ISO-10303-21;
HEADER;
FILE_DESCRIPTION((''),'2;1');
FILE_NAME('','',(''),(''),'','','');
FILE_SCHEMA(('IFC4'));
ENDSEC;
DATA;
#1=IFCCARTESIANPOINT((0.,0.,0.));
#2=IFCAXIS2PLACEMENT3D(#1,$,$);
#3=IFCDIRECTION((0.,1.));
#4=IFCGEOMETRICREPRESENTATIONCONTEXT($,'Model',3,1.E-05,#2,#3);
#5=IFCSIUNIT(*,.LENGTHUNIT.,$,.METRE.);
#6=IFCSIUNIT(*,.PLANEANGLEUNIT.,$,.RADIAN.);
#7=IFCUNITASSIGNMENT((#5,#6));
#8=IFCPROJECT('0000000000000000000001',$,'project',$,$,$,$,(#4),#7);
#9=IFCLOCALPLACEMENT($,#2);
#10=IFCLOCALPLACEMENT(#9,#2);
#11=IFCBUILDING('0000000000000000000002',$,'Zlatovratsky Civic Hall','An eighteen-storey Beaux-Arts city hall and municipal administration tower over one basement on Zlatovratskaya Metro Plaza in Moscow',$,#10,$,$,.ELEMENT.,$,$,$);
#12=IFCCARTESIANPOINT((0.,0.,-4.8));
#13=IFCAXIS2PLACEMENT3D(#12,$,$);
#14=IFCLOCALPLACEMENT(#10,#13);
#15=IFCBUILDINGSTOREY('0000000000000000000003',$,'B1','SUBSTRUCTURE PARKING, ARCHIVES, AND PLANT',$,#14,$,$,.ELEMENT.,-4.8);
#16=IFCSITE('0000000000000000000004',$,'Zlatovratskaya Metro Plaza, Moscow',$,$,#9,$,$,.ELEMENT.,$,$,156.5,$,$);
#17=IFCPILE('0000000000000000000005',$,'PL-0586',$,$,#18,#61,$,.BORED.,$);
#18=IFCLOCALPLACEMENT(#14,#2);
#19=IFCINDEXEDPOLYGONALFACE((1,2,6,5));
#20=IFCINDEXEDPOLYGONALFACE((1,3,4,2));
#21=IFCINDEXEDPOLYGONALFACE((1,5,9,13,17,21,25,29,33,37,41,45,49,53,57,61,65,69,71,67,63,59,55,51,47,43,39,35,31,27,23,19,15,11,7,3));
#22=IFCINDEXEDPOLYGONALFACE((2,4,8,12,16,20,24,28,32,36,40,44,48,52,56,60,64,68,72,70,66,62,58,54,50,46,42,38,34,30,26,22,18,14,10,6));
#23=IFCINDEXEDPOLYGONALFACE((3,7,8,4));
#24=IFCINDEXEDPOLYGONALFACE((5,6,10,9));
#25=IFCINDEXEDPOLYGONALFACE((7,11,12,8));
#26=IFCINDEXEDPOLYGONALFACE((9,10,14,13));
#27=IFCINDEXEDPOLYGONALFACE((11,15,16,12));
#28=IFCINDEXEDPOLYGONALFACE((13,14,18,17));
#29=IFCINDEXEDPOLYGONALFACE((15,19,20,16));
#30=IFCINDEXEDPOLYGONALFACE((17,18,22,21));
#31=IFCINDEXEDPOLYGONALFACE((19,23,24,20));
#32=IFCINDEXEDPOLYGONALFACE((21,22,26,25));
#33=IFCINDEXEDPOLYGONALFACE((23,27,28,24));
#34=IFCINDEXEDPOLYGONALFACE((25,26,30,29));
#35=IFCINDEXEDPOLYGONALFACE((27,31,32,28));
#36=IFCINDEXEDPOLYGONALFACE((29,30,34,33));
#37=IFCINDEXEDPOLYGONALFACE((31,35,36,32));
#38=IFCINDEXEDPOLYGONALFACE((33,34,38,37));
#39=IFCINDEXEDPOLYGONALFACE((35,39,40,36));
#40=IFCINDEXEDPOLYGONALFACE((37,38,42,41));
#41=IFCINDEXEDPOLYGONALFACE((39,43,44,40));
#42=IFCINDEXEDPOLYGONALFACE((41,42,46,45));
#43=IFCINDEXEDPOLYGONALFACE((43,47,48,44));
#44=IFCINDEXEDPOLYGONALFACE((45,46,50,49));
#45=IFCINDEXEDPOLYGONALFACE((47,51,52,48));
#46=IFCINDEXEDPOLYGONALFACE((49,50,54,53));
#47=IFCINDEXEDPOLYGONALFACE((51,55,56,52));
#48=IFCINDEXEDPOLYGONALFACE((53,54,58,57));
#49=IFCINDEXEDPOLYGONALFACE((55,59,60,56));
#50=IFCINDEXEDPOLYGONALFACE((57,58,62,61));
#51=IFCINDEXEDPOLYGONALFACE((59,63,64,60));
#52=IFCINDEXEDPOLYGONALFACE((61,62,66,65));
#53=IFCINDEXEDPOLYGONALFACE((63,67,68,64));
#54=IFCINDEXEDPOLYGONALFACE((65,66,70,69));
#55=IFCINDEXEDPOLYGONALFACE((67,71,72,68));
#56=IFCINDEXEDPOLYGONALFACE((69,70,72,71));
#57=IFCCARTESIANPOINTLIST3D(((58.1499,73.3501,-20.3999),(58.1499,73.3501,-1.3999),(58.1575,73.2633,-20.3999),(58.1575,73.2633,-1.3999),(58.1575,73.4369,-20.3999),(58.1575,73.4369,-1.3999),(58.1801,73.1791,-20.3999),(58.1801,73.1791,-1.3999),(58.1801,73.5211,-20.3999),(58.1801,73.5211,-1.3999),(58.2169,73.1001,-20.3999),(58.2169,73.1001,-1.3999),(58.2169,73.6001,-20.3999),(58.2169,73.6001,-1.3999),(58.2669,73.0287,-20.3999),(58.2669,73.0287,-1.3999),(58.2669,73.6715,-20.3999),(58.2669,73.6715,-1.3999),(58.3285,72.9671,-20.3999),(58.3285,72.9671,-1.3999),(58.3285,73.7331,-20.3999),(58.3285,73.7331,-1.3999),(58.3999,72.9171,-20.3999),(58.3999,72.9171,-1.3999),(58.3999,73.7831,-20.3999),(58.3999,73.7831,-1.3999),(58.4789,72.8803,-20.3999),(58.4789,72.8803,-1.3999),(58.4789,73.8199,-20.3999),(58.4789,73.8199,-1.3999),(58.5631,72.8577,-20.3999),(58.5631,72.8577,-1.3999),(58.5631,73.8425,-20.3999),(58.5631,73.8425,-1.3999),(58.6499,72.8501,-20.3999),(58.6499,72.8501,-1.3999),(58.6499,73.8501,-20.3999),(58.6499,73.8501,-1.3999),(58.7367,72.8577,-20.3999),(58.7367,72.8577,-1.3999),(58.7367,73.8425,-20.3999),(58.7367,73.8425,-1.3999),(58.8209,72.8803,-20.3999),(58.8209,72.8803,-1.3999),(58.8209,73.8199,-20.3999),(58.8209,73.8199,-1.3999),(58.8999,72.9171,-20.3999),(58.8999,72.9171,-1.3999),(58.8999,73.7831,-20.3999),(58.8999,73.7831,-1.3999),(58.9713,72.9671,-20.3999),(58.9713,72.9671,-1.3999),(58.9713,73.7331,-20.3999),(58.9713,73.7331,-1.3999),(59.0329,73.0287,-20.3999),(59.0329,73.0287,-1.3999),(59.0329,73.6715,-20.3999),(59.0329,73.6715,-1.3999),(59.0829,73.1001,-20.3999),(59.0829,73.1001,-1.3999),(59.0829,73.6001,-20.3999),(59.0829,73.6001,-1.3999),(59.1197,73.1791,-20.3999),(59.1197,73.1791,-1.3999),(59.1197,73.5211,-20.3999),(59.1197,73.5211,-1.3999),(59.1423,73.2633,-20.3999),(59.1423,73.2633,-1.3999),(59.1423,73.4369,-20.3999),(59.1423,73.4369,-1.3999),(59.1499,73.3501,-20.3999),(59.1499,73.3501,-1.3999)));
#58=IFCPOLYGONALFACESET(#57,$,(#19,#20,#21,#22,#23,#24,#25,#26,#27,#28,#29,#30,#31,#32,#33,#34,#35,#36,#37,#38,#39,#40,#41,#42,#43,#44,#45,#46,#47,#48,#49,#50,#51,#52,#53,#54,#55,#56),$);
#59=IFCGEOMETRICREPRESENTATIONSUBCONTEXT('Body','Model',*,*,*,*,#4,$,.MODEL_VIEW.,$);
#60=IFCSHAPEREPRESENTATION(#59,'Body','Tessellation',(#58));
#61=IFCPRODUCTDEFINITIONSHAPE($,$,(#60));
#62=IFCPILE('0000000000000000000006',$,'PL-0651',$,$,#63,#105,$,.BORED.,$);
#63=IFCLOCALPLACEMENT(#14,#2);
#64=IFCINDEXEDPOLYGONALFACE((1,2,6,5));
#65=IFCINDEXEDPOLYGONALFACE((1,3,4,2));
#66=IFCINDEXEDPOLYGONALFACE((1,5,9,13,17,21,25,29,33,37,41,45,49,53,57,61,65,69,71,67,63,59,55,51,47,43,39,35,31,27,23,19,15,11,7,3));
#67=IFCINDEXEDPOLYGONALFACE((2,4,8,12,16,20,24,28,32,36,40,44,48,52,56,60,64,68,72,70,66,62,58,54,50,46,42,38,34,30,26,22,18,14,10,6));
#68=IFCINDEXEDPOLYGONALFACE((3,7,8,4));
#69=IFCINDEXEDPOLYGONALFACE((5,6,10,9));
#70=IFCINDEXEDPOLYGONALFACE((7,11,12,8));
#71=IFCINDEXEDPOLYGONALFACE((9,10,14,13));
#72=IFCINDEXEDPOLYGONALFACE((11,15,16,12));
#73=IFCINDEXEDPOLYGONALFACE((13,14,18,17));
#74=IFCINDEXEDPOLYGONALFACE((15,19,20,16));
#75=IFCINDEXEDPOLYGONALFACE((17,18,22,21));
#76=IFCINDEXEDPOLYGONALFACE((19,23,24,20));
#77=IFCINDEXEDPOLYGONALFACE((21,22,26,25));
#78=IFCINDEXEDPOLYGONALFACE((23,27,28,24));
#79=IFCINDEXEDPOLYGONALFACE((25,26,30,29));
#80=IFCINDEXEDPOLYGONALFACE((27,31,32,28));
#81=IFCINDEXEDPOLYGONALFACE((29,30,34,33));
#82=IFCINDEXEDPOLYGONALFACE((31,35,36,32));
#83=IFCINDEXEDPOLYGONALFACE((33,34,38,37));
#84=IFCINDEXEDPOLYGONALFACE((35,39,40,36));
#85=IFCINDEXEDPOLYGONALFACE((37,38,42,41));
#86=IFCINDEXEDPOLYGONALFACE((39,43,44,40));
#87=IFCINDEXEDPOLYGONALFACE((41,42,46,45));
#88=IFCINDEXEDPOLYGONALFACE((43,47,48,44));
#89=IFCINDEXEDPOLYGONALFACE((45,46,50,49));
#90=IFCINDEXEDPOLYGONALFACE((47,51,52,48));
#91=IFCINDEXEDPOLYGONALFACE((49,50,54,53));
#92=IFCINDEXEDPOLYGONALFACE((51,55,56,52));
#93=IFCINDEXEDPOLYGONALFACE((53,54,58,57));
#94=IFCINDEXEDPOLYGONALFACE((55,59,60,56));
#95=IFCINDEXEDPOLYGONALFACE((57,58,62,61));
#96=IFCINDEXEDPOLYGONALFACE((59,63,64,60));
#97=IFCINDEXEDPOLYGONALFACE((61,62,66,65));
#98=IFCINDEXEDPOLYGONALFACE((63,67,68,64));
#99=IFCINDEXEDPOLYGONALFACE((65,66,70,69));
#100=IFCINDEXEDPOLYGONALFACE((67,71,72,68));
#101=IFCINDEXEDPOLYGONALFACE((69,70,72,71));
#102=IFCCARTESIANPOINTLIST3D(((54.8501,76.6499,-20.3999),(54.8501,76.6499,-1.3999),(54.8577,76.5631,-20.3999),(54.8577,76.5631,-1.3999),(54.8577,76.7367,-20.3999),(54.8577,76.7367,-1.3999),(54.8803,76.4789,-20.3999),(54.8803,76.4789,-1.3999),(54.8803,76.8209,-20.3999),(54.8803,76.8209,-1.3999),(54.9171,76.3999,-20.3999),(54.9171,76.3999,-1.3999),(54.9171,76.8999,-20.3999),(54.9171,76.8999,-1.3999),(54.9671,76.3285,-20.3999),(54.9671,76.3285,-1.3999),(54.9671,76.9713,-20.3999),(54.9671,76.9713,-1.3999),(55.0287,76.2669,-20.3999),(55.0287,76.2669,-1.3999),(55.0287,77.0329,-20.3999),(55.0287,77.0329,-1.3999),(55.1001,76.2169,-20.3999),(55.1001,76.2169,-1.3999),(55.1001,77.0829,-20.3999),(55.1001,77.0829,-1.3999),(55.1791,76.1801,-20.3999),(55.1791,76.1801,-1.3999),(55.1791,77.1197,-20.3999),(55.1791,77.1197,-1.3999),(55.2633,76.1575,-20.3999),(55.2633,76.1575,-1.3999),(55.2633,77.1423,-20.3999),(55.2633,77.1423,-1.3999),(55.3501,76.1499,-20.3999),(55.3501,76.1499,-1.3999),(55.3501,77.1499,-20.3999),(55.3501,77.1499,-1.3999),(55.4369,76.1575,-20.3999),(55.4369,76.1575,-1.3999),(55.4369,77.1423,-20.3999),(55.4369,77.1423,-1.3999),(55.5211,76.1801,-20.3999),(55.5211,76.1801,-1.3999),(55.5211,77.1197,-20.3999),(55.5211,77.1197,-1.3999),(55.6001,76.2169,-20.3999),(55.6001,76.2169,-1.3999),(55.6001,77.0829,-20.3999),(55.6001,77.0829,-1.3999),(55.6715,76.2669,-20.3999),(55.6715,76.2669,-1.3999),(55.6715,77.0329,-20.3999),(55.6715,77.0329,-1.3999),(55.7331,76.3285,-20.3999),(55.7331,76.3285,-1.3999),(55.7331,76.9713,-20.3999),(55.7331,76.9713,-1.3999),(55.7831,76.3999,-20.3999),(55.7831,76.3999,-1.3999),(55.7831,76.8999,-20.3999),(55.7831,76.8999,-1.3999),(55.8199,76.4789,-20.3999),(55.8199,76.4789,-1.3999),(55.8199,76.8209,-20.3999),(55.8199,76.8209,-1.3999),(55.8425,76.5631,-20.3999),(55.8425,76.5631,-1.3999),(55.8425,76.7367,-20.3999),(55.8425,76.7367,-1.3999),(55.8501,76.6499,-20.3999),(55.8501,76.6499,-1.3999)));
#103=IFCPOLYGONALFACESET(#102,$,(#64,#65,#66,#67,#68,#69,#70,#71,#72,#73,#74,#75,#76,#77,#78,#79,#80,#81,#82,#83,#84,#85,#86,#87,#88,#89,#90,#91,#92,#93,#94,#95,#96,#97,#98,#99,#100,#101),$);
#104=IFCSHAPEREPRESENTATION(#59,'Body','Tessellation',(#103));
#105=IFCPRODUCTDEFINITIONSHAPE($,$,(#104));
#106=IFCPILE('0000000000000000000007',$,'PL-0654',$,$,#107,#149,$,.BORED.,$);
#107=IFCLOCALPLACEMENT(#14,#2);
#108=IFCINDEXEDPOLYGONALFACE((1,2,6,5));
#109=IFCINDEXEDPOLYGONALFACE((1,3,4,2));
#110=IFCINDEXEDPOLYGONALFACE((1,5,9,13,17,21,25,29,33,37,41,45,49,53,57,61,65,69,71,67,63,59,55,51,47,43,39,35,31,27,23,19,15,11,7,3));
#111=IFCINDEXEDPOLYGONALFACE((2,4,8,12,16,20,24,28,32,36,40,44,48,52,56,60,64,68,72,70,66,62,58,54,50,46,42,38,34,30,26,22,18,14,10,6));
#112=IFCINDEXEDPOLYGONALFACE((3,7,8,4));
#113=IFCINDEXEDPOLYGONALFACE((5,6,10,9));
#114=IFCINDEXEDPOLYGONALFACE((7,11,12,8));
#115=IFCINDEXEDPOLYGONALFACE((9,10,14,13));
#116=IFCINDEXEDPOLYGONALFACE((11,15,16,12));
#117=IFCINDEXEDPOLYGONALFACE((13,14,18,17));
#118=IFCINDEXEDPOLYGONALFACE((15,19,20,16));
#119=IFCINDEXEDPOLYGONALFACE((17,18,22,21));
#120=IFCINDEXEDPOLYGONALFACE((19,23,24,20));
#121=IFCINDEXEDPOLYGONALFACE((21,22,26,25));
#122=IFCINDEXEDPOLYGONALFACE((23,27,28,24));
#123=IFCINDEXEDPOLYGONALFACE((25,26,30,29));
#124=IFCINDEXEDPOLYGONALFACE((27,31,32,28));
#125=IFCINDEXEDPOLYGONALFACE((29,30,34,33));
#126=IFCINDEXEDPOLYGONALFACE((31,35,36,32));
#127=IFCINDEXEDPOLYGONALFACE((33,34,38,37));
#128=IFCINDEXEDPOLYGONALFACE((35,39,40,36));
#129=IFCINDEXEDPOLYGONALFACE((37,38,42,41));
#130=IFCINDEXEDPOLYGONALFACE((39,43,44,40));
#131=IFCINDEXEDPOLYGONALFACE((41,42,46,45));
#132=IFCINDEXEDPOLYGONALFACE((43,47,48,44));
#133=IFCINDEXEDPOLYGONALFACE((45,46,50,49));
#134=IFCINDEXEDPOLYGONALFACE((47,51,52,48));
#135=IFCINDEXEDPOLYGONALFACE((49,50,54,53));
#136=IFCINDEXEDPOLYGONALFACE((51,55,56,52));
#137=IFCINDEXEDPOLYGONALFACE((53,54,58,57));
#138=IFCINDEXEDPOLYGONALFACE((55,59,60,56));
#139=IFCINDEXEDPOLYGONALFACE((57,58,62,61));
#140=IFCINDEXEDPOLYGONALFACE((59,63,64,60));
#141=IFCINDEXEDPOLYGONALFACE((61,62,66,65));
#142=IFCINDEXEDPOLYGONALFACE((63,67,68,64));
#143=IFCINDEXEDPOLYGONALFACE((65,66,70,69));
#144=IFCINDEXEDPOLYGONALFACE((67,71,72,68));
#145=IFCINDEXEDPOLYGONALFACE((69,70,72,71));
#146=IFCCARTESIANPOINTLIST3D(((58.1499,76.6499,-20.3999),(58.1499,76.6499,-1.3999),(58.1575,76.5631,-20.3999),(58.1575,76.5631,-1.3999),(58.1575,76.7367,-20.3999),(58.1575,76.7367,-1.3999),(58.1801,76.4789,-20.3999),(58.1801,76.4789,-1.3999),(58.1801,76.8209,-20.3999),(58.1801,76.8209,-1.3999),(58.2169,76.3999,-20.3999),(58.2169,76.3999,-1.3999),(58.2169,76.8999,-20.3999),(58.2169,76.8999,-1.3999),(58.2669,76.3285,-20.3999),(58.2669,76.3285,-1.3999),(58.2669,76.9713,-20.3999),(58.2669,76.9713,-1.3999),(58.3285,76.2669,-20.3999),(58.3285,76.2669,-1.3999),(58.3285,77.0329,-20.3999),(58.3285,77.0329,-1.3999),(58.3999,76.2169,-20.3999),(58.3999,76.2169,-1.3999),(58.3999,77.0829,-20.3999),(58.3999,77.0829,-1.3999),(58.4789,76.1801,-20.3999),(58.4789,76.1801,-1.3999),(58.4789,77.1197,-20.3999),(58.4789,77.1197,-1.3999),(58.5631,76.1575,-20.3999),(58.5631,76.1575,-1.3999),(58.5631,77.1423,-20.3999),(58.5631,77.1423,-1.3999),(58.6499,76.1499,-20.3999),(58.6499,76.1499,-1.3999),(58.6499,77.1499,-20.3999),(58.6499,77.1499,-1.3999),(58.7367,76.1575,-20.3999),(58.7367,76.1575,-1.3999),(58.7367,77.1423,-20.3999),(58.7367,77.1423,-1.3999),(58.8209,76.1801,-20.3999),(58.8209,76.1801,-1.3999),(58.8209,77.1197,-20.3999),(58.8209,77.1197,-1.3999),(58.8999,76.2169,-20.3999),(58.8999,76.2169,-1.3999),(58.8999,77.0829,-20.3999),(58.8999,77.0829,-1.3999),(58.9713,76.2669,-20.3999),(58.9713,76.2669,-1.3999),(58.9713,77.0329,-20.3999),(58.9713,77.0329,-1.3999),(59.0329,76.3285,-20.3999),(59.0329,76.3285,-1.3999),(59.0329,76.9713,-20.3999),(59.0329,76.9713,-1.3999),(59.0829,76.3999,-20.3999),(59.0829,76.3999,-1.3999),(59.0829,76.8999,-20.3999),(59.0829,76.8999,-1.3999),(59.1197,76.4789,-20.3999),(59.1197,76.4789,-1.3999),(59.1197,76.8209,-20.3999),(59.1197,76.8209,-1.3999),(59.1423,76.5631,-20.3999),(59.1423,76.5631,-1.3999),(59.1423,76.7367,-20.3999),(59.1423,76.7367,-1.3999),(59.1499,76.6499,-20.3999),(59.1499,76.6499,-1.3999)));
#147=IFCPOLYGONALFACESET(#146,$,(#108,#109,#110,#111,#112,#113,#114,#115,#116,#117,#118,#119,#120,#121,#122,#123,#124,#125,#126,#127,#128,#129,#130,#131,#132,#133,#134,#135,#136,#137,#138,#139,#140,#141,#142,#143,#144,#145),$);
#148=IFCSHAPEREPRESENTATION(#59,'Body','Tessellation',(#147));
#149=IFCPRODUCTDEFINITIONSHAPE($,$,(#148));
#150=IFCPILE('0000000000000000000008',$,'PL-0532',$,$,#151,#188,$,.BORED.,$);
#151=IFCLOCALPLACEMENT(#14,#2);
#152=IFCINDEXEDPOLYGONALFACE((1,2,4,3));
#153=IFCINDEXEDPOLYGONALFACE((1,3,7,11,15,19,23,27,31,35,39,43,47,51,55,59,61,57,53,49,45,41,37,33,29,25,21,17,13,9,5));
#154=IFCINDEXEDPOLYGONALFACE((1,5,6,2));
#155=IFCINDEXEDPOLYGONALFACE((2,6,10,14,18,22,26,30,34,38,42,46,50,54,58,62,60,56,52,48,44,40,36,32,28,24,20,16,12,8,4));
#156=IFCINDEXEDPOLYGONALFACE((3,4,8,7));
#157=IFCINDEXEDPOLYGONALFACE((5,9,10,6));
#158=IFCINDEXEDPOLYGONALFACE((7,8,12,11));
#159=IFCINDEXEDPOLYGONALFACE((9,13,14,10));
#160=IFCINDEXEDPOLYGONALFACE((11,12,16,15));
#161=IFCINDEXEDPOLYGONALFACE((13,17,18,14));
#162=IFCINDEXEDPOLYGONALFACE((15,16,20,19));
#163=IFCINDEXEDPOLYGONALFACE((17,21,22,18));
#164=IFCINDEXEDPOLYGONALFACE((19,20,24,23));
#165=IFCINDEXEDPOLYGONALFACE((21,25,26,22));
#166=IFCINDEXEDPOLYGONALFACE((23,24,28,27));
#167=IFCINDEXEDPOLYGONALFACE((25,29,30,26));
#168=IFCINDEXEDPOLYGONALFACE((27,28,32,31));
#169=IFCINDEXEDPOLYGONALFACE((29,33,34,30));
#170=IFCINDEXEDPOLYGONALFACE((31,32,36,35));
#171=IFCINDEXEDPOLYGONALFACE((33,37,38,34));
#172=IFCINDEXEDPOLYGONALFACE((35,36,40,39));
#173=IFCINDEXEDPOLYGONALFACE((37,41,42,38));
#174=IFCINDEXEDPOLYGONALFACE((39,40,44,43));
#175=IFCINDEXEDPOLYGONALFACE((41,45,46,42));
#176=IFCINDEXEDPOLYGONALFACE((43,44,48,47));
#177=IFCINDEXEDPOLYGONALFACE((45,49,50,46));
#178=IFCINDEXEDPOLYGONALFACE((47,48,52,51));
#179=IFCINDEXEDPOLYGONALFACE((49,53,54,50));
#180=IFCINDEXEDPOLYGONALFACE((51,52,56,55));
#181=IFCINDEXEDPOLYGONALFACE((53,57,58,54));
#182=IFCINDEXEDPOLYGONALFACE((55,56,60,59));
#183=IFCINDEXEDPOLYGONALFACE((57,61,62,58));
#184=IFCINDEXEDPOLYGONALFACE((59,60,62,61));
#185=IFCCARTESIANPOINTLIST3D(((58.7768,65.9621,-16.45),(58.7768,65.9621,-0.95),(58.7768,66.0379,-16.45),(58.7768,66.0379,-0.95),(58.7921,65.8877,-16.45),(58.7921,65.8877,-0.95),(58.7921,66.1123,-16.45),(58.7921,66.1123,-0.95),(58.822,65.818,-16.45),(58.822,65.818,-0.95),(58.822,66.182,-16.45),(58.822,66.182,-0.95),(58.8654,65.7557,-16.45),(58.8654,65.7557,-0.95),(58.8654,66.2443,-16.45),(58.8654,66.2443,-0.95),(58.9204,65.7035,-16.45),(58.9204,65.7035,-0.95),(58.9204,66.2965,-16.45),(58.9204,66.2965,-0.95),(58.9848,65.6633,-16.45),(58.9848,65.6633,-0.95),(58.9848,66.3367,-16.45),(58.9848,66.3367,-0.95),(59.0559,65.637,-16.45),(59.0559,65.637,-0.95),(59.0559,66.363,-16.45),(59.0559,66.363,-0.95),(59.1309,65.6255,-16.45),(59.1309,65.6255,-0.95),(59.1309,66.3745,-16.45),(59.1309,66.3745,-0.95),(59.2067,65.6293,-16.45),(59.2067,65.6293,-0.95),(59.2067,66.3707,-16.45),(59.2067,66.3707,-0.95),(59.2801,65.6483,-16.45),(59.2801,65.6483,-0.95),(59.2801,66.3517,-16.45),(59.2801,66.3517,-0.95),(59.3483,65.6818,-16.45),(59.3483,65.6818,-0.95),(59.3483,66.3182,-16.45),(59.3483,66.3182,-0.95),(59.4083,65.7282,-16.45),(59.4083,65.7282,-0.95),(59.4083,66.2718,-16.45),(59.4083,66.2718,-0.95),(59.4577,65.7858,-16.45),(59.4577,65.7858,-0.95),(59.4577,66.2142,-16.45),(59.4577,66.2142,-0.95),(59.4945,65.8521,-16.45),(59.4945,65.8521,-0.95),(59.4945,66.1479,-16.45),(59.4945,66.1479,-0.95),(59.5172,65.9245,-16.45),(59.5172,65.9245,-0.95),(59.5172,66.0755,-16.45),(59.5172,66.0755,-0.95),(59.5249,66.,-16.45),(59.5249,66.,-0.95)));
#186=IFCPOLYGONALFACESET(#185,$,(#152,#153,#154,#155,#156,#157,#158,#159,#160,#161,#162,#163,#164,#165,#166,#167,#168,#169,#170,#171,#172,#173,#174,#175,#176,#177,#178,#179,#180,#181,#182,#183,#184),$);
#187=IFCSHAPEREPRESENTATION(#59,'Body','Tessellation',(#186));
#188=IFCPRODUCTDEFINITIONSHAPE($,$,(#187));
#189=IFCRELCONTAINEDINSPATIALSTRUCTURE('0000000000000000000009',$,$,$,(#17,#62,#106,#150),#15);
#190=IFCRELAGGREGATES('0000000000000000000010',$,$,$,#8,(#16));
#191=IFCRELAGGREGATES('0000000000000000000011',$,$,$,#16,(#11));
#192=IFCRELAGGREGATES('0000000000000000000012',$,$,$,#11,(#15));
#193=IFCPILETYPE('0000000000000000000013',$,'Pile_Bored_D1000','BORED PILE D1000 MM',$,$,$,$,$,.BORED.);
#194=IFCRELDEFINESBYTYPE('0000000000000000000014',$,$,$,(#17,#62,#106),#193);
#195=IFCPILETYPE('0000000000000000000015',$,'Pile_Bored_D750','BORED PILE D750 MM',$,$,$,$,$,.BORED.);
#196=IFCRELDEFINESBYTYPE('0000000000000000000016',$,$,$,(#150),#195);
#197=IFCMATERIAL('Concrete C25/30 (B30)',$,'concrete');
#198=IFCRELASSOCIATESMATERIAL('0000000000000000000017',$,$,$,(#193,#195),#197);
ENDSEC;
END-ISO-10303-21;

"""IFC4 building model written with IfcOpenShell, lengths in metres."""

from ifc_helpers import new_model, si_unit, direction, frame, origin, origin_2d, place, context, subcontext, project, spatial, circle, extrude, material, material_profile, profile_set, type_object, element, save


model = new_model("IFC4")

# Units and contexts
model_context = context("Model", 3, precision=1e-05, world=origin(), true_north=direction((0.0, 1.0)))
body_context = subcontext(model_context, "Body", "Model", "MODEL_VIEW")
ifc_project = project(units=[si_unit("LENGTHUNIT", "METRE"), si_unit("PLANEANGLEUNIT", "RADIAN")], contexts=[model_context])

# Site, building, storey
site_placement = place(None, origin())
site = spatial("IfcSite", under=ifc_project, at=site_placement, Name="Zlatovratskaya Metro Plaza, Moscow", CompositionType="ELEMENT", RefElevation=156.5)
building_placement = place(site_placement, origin())
building = spatial("IfcBuilding", under=site, at=building_placement, Name="Zlatovratsky Civic Hall", Description="An eighteen-storey Beaux-Arts city hall and municipal administration tower over one basement on Zlatovratskaya Metro Plaza in Moscow", CompositionType="ELEMENT")
storey_placement = place(building_placement, frame((0.0, 0.0, -4.8)))
storey = spatial("IfcBuildingStorey", under=building, at=storey_placement, Name="B1", Description="SUBSTRUCTURE PARKING, ARCHIVES, AND PLANT", CompositionType="ELEMENT", Elevation=-4.8)

# Shared definitions
ifc_material_1 = material(Name="Concrete C25/30 (B30)", Category="concrete")

# Piles
ifc_material_profile_1 = material_profile(ifc_material_1, circle(Radius=0.5, at=origin_2d()), Name="PILE D1000")
ifc_profile_set_1 = profile_set([ifc_material_profile_1], Name="Concrete C25/30 (B30)")
pile_type_1 = type_object("IfcPileType", Name="Pile_Bored_D1000", Description="BORED PILE D1000 MM", PredefinedType="BORED", material=ifc_profile_set_1)
for number, where, z_axis, x_axis, name in (
    (1, (58.6499, 73.3501, -1.3999), (0.0, 0.0, -1.0), (1.0, 0.0, 0.0), "PL-0586"),
    (2, (55.3501, 76.6499, -1.3999), (0.0, 0.0, -1.0), (1.0, 0.0, 0.0), "PL-0651"),
    (3, (58.6499, 76.6499, -1.3999), (0.0, 0.0, -1.0), (1.0, 0.0, 0.0), "PL-0654"),
):
    element("IfcPile", number, at=place(storey_placement, frame(where, z_axis=z_axis, x_axis=x_axis)), inside=storey, type_object=pile_type_1, Name=name, PredefinedType="BORED", context=body_context, shape_type="SweptSolid", body=[
        extrude(circle(Radius=0.5, at=origin_2d()), origin(), (0.0, 0.0, 1.0), 19.0),
    ])
ifc_material_profile_2 = material_profile(ifc_material_1, circle(Radius=0.375, at=origin_2d()), Name="PILE D750")
ifc_profile_set_2 = profile_set([ifc_material_profile_2], Name="Concrete C25/30 (B30)")
pile_type_2 = type_object("IfcPileType", Name="Pile_Bored_D750", Description="BORED PILE D750 MM", PredefinedType="BORED", material=ifc_profile_set_2)
pile_1_placement = place(storey_placement, frame((59.1499, 66.0, -0.95), z_axis=(0.0, 0.0, -1.0), x_axis=(1.0, 0.0, 0.0)))
element("IfcPile", 4, at=pile_1_placement, inside=storey, type_object=pile_type_2, Name="PL-0532", PredefinedType="BORED", context=body_context, shape_type="SweptSolid", body=[
    extrude(circle(Radius=0.375, at=origin_2d()), origin(), (0.0, 0.0, 1.0), 15.5),
])

save(model, "model.ifc")
